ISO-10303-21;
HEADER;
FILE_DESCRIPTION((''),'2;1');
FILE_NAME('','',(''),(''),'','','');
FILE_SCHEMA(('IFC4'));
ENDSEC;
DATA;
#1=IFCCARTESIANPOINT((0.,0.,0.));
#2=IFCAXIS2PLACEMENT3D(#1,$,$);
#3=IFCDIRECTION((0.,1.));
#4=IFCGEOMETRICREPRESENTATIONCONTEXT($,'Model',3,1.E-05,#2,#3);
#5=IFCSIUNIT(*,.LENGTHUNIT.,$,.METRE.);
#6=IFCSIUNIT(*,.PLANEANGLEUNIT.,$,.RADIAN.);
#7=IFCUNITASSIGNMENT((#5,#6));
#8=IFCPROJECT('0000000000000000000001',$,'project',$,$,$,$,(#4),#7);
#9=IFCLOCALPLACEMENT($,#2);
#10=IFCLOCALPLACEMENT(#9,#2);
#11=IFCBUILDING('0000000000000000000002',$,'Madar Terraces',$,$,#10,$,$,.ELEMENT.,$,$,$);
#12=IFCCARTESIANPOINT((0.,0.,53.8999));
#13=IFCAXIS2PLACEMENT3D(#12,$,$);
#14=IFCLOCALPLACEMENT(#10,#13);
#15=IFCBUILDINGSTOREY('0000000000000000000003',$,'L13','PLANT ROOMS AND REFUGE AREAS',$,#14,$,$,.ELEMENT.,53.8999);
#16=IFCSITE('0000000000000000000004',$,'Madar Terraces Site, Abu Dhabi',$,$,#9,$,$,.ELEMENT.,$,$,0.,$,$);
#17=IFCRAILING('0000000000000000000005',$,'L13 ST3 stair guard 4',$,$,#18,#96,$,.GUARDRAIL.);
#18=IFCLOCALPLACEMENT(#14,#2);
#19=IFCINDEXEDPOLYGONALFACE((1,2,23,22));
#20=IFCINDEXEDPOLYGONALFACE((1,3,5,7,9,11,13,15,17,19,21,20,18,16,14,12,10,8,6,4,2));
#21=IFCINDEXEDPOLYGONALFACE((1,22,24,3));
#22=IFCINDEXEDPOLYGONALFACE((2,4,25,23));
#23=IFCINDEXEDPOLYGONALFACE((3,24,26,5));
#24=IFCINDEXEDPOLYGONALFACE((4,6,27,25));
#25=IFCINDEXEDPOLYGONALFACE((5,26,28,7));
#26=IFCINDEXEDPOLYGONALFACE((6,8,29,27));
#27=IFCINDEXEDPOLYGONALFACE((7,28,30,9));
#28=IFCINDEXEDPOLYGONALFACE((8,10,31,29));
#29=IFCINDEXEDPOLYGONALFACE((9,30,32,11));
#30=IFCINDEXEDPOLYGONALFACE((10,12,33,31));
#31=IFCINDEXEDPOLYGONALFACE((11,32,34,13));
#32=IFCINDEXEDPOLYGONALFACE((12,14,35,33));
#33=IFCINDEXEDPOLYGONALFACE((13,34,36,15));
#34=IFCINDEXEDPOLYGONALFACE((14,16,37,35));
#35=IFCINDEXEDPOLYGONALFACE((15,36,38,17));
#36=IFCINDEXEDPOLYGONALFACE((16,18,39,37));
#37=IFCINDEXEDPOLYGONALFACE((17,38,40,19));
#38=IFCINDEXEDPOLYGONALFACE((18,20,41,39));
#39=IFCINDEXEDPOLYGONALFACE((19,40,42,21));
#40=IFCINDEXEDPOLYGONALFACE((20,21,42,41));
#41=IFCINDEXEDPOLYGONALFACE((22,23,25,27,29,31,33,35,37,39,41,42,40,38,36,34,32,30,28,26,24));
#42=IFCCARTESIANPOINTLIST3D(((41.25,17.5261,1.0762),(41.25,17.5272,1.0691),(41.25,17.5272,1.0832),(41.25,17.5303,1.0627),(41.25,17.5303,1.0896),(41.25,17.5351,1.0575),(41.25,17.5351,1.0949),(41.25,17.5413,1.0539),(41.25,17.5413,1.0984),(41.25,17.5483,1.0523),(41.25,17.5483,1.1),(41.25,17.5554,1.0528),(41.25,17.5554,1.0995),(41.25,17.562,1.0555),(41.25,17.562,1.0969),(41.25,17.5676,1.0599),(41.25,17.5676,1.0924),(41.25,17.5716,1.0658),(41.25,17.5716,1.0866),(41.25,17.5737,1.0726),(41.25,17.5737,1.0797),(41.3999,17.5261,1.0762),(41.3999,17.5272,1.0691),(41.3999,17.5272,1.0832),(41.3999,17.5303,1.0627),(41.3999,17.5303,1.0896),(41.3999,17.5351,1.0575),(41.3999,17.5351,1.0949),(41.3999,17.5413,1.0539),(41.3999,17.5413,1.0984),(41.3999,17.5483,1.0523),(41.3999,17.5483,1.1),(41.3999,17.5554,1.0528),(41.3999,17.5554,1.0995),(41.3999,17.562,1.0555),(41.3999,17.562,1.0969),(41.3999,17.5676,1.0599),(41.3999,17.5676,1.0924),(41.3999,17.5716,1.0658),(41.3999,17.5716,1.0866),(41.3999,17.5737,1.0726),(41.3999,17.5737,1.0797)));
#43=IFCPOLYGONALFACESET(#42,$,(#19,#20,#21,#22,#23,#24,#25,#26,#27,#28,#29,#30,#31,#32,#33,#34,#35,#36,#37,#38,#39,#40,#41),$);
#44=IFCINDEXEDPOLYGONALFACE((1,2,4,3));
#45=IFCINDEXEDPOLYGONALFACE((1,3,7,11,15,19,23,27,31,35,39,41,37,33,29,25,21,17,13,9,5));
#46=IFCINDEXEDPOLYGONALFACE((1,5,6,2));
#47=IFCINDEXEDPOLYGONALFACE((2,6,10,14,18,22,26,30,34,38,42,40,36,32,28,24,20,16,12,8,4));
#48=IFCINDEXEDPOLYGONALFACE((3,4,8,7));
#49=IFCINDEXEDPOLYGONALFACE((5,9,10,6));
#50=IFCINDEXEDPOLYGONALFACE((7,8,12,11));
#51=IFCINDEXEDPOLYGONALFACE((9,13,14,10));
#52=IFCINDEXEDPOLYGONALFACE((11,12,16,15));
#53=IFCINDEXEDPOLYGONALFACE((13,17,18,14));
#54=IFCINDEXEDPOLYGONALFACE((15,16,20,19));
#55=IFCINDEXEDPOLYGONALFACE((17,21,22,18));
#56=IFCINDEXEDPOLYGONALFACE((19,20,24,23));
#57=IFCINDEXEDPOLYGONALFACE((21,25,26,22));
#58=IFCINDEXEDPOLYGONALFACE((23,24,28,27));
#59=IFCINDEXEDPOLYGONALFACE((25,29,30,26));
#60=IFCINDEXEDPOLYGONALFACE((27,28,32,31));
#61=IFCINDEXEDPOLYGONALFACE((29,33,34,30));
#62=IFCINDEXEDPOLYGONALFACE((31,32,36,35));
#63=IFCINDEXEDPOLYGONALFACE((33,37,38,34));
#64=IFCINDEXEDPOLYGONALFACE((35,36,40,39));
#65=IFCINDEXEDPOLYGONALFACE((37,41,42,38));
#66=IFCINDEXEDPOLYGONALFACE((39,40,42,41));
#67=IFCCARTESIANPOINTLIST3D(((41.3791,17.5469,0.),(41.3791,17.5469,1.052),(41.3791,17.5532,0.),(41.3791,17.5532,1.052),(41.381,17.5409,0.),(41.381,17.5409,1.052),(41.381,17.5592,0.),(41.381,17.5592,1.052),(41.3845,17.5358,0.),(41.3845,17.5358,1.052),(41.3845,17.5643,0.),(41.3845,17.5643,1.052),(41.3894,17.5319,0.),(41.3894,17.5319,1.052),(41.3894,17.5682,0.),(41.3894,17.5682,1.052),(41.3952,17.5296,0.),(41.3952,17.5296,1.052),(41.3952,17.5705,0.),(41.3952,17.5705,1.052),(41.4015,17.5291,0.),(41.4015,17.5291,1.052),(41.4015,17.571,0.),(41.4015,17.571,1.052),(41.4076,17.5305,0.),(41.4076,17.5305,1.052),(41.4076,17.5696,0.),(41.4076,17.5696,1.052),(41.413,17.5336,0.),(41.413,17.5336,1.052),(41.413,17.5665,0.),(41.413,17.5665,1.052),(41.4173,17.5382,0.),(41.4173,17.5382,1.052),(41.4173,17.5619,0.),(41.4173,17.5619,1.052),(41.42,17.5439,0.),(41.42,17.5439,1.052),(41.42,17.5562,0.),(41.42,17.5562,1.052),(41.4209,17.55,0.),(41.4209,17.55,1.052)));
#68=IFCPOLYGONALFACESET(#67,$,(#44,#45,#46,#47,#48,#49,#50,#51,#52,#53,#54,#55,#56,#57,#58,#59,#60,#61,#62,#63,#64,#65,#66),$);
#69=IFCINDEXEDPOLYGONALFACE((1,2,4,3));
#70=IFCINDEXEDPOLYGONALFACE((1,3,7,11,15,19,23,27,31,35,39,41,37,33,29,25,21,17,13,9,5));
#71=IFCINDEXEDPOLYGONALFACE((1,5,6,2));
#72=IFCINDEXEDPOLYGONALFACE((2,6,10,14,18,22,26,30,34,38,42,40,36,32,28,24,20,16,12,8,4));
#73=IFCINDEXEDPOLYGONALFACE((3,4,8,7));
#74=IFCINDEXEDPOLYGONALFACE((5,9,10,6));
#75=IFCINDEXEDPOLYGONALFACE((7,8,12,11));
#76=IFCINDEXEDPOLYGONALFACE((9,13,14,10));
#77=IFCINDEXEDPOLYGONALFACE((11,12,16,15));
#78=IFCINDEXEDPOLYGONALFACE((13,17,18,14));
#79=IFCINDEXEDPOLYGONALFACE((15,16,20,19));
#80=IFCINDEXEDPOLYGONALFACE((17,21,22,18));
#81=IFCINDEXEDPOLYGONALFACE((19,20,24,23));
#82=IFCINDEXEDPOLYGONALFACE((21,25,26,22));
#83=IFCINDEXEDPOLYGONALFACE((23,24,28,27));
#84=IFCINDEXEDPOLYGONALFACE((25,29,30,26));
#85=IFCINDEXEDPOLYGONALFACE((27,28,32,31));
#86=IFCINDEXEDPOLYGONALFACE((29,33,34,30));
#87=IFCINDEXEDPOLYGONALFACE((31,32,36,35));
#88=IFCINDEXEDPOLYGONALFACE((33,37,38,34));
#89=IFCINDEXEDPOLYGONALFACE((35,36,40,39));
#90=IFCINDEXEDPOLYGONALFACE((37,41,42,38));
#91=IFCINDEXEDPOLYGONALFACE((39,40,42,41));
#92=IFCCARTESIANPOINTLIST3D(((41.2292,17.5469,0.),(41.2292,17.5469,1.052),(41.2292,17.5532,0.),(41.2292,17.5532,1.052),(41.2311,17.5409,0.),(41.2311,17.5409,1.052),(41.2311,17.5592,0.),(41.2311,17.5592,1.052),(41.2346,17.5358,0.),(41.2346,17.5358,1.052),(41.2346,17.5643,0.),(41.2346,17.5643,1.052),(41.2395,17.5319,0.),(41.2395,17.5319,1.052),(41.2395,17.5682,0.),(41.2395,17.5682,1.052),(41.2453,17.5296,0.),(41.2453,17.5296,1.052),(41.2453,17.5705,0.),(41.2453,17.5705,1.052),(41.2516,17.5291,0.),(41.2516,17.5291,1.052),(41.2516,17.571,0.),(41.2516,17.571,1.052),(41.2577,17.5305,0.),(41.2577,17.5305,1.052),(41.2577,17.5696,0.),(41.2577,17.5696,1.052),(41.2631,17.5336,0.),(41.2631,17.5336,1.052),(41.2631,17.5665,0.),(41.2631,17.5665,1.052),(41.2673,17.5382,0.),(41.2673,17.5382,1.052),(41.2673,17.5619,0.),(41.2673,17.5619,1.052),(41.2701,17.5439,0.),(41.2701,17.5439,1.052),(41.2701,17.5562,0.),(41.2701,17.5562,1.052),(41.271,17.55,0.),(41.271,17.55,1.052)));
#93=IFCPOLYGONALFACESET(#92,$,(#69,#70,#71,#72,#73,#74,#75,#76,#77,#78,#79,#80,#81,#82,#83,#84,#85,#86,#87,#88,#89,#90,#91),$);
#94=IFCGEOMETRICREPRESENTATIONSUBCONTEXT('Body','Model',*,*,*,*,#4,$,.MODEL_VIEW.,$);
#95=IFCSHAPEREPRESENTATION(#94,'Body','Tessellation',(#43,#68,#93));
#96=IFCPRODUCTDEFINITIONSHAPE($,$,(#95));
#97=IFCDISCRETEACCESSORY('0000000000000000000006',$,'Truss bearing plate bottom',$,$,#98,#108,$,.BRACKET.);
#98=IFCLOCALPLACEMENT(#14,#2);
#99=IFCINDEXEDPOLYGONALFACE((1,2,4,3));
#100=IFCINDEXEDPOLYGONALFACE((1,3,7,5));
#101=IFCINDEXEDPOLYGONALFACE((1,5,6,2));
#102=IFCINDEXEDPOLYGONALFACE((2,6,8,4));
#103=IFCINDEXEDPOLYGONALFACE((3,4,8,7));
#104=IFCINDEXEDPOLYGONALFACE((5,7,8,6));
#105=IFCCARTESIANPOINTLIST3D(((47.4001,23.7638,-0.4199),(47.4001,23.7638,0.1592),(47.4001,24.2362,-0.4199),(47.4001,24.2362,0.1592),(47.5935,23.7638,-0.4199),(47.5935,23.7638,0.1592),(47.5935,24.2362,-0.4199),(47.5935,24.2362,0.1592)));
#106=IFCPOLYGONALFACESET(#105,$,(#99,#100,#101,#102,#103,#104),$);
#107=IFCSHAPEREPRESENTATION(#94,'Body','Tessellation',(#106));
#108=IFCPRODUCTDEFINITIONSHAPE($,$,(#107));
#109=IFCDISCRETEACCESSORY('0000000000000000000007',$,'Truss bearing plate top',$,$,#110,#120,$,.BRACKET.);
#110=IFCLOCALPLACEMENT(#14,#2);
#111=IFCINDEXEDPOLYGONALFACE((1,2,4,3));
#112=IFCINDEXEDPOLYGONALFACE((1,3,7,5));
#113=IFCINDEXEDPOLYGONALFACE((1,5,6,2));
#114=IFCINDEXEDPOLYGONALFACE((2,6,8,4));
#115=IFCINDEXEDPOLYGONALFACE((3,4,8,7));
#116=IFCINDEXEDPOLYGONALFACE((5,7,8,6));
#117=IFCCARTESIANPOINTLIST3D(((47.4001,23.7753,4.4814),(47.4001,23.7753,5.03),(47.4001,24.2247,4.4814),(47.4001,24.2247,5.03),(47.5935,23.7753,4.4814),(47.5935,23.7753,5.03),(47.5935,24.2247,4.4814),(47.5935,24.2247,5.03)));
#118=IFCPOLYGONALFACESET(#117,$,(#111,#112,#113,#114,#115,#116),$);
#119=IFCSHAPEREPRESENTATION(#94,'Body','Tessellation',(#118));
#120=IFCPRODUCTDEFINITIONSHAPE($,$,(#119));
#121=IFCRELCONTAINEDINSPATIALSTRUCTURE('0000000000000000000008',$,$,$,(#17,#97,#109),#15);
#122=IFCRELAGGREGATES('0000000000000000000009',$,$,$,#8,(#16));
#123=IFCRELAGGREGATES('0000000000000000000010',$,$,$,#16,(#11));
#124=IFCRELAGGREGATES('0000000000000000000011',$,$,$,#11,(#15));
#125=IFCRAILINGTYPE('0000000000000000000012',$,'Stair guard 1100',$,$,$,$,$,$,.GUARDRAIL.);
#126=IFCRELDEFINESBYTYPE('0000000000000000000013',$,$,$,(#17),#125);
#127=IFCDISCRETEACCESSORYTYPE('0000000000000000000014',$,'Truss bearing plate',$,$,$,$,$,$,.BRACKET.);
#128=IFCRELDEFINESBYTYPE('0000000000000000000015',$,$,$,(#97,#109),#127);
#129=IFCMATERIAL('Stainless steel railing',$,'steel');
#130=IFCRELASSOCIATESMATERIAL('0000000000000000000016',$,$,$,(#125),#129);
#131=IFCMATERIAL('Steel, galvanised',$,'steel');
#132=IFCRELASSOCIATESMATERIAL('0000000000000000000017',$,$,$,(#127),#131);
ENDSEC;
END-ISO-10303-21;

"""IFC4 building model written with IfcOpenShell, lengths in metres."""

from ifc_helpers import new_model, si_unit, direction, frame, origin, origin_2d, place, context, subcontext, project, spatial, rectangle, circle, extrude, material, type_object, element, save


model = new_model("IFC4")

# Units and contexts
model_context = context("Model", 3, precision=1e-05, world=origin(), true_north=direction((0.0, 1.0)))
body_context = subcontext(model_context, "Body", "Model", "MODEL_VIEW")
ifc_project = project(units=[si_unit("LENGTHUNIT", "METRE"), si_unit("PLANEANGLEUNIT", "RADIAN")], contexts=[model_context])

# Site, building, storey
site_placement = place(None, origin())
site = spatial("IfcSite", under=ifc_project, at=site_placement, Name="Madar Terraces Site, Abu Dhabi", CompositionType="ELEMENT", RefElevation=0.0)
building_placement = place(site_placement, origin())
building = spatial("IfcBuilding", under=site, at=building_placement, Name="Madar Terraces", CompositionType="ELEMENT")
storey_placement = place(building_placement, frame((0.0, 0.0, 53.8999)))
storey = spatial("IfcBuildingStorey", under=building, at=storey_placement, Name="L13", Description="PLANT ROOMS AND REFUGE AREAS", CompositionType="ELEMENT", Elevation=53.8999)

# Railing
ifc_material_1 = material(Name="Stainless steel railing", Category="steel")
railing_type_1 = type_object("IfcRailingType", Name="Stair guard 1100", PredefinedType="GUARDRAIL", material=ifc_material_1)
railing_1_placement = place(storey_placement, frame((41.3999, 17.55, 0.0)))
element("IfcRailing", 1, at=railing_1_placement, inside=storey, type_object=railing_type_1, Name="L13 ST3 stair guard 4", PredefinedType="GUARDRAIL", context=body_context, shape_type="SweptSolid", body=[
    extrude(circle(Radius=0.0239, at=origin_2d()), frame((0.0, 0.0, 1.0762), z_axis=(-1.0, 0.0, 0.0), x_axis=(0.0, -1.0, 0.0)), (0.0, 0.0, 1.0), 0.1499),
    extrude(circle(Radius=0.021, at=origin_2d()), origin(), (0.0, 0.0, 1.0), 1.052),
    extrude(circle(Radius=0.021, at=origin_2d()), frame((-0.1499, 0.0, 0.0)), (0.0, 0.0, 1.0), 1.052),
])

# Discrete accessories
ifc_material_2 = material(Name="Steel, galvanised", Category="steel")
discrete_accessory_type = type_object("IfcDiscreteAccessoryType", Name="Truss bearing plate", PredefinedType="BRACKET", material=ifc_material_2)
discrete_accessory_1_placement = place(storey_placement, frame((47.4968, 24.0, -0.4199), z_axis=(0.0, 0.0, 1.0), x_axis=(1.0, 0.0, 0.0)))
element("IfcDiscreteAccessory", 2, at=discrete_accessory_1_placement, inside=storey, type_object=discrete_accessory_type, Name="Truss bearing plate bottom", PredefinedType="BRACKET", context=body_context, shape_type="SweptSolid", body=[
    extrude(rectangle(XDim=0.1934, YDim=0.4724, at=origin_2d()), origin(), (0.0, 0.0, 1.0), 0.5791),
])
discrete_accessory_2_placement = place(storey_placement, frame((47.4968, 24.0, 4.4814), z_axis=(0.0, 0.0, 1.0), x_axis=(1.0, 0.0, 0.0)))
element("IfcDiscreteAccessory", 3, at=discrete_accessory_2_placement, inside=storey, type_object=discrete_accessory_type, Name="Truss bearing plate top", PredefinedType="BRACKET", context=body_context, shape_type="SweptSolid", body=[
    extrude(rectangle(XDim=0.1934, YDim=0.4495, at=origin_2d()), origin(), (0.0, 0.0, 1.0), 0.5486),
])

save(model, "model.ifc")
